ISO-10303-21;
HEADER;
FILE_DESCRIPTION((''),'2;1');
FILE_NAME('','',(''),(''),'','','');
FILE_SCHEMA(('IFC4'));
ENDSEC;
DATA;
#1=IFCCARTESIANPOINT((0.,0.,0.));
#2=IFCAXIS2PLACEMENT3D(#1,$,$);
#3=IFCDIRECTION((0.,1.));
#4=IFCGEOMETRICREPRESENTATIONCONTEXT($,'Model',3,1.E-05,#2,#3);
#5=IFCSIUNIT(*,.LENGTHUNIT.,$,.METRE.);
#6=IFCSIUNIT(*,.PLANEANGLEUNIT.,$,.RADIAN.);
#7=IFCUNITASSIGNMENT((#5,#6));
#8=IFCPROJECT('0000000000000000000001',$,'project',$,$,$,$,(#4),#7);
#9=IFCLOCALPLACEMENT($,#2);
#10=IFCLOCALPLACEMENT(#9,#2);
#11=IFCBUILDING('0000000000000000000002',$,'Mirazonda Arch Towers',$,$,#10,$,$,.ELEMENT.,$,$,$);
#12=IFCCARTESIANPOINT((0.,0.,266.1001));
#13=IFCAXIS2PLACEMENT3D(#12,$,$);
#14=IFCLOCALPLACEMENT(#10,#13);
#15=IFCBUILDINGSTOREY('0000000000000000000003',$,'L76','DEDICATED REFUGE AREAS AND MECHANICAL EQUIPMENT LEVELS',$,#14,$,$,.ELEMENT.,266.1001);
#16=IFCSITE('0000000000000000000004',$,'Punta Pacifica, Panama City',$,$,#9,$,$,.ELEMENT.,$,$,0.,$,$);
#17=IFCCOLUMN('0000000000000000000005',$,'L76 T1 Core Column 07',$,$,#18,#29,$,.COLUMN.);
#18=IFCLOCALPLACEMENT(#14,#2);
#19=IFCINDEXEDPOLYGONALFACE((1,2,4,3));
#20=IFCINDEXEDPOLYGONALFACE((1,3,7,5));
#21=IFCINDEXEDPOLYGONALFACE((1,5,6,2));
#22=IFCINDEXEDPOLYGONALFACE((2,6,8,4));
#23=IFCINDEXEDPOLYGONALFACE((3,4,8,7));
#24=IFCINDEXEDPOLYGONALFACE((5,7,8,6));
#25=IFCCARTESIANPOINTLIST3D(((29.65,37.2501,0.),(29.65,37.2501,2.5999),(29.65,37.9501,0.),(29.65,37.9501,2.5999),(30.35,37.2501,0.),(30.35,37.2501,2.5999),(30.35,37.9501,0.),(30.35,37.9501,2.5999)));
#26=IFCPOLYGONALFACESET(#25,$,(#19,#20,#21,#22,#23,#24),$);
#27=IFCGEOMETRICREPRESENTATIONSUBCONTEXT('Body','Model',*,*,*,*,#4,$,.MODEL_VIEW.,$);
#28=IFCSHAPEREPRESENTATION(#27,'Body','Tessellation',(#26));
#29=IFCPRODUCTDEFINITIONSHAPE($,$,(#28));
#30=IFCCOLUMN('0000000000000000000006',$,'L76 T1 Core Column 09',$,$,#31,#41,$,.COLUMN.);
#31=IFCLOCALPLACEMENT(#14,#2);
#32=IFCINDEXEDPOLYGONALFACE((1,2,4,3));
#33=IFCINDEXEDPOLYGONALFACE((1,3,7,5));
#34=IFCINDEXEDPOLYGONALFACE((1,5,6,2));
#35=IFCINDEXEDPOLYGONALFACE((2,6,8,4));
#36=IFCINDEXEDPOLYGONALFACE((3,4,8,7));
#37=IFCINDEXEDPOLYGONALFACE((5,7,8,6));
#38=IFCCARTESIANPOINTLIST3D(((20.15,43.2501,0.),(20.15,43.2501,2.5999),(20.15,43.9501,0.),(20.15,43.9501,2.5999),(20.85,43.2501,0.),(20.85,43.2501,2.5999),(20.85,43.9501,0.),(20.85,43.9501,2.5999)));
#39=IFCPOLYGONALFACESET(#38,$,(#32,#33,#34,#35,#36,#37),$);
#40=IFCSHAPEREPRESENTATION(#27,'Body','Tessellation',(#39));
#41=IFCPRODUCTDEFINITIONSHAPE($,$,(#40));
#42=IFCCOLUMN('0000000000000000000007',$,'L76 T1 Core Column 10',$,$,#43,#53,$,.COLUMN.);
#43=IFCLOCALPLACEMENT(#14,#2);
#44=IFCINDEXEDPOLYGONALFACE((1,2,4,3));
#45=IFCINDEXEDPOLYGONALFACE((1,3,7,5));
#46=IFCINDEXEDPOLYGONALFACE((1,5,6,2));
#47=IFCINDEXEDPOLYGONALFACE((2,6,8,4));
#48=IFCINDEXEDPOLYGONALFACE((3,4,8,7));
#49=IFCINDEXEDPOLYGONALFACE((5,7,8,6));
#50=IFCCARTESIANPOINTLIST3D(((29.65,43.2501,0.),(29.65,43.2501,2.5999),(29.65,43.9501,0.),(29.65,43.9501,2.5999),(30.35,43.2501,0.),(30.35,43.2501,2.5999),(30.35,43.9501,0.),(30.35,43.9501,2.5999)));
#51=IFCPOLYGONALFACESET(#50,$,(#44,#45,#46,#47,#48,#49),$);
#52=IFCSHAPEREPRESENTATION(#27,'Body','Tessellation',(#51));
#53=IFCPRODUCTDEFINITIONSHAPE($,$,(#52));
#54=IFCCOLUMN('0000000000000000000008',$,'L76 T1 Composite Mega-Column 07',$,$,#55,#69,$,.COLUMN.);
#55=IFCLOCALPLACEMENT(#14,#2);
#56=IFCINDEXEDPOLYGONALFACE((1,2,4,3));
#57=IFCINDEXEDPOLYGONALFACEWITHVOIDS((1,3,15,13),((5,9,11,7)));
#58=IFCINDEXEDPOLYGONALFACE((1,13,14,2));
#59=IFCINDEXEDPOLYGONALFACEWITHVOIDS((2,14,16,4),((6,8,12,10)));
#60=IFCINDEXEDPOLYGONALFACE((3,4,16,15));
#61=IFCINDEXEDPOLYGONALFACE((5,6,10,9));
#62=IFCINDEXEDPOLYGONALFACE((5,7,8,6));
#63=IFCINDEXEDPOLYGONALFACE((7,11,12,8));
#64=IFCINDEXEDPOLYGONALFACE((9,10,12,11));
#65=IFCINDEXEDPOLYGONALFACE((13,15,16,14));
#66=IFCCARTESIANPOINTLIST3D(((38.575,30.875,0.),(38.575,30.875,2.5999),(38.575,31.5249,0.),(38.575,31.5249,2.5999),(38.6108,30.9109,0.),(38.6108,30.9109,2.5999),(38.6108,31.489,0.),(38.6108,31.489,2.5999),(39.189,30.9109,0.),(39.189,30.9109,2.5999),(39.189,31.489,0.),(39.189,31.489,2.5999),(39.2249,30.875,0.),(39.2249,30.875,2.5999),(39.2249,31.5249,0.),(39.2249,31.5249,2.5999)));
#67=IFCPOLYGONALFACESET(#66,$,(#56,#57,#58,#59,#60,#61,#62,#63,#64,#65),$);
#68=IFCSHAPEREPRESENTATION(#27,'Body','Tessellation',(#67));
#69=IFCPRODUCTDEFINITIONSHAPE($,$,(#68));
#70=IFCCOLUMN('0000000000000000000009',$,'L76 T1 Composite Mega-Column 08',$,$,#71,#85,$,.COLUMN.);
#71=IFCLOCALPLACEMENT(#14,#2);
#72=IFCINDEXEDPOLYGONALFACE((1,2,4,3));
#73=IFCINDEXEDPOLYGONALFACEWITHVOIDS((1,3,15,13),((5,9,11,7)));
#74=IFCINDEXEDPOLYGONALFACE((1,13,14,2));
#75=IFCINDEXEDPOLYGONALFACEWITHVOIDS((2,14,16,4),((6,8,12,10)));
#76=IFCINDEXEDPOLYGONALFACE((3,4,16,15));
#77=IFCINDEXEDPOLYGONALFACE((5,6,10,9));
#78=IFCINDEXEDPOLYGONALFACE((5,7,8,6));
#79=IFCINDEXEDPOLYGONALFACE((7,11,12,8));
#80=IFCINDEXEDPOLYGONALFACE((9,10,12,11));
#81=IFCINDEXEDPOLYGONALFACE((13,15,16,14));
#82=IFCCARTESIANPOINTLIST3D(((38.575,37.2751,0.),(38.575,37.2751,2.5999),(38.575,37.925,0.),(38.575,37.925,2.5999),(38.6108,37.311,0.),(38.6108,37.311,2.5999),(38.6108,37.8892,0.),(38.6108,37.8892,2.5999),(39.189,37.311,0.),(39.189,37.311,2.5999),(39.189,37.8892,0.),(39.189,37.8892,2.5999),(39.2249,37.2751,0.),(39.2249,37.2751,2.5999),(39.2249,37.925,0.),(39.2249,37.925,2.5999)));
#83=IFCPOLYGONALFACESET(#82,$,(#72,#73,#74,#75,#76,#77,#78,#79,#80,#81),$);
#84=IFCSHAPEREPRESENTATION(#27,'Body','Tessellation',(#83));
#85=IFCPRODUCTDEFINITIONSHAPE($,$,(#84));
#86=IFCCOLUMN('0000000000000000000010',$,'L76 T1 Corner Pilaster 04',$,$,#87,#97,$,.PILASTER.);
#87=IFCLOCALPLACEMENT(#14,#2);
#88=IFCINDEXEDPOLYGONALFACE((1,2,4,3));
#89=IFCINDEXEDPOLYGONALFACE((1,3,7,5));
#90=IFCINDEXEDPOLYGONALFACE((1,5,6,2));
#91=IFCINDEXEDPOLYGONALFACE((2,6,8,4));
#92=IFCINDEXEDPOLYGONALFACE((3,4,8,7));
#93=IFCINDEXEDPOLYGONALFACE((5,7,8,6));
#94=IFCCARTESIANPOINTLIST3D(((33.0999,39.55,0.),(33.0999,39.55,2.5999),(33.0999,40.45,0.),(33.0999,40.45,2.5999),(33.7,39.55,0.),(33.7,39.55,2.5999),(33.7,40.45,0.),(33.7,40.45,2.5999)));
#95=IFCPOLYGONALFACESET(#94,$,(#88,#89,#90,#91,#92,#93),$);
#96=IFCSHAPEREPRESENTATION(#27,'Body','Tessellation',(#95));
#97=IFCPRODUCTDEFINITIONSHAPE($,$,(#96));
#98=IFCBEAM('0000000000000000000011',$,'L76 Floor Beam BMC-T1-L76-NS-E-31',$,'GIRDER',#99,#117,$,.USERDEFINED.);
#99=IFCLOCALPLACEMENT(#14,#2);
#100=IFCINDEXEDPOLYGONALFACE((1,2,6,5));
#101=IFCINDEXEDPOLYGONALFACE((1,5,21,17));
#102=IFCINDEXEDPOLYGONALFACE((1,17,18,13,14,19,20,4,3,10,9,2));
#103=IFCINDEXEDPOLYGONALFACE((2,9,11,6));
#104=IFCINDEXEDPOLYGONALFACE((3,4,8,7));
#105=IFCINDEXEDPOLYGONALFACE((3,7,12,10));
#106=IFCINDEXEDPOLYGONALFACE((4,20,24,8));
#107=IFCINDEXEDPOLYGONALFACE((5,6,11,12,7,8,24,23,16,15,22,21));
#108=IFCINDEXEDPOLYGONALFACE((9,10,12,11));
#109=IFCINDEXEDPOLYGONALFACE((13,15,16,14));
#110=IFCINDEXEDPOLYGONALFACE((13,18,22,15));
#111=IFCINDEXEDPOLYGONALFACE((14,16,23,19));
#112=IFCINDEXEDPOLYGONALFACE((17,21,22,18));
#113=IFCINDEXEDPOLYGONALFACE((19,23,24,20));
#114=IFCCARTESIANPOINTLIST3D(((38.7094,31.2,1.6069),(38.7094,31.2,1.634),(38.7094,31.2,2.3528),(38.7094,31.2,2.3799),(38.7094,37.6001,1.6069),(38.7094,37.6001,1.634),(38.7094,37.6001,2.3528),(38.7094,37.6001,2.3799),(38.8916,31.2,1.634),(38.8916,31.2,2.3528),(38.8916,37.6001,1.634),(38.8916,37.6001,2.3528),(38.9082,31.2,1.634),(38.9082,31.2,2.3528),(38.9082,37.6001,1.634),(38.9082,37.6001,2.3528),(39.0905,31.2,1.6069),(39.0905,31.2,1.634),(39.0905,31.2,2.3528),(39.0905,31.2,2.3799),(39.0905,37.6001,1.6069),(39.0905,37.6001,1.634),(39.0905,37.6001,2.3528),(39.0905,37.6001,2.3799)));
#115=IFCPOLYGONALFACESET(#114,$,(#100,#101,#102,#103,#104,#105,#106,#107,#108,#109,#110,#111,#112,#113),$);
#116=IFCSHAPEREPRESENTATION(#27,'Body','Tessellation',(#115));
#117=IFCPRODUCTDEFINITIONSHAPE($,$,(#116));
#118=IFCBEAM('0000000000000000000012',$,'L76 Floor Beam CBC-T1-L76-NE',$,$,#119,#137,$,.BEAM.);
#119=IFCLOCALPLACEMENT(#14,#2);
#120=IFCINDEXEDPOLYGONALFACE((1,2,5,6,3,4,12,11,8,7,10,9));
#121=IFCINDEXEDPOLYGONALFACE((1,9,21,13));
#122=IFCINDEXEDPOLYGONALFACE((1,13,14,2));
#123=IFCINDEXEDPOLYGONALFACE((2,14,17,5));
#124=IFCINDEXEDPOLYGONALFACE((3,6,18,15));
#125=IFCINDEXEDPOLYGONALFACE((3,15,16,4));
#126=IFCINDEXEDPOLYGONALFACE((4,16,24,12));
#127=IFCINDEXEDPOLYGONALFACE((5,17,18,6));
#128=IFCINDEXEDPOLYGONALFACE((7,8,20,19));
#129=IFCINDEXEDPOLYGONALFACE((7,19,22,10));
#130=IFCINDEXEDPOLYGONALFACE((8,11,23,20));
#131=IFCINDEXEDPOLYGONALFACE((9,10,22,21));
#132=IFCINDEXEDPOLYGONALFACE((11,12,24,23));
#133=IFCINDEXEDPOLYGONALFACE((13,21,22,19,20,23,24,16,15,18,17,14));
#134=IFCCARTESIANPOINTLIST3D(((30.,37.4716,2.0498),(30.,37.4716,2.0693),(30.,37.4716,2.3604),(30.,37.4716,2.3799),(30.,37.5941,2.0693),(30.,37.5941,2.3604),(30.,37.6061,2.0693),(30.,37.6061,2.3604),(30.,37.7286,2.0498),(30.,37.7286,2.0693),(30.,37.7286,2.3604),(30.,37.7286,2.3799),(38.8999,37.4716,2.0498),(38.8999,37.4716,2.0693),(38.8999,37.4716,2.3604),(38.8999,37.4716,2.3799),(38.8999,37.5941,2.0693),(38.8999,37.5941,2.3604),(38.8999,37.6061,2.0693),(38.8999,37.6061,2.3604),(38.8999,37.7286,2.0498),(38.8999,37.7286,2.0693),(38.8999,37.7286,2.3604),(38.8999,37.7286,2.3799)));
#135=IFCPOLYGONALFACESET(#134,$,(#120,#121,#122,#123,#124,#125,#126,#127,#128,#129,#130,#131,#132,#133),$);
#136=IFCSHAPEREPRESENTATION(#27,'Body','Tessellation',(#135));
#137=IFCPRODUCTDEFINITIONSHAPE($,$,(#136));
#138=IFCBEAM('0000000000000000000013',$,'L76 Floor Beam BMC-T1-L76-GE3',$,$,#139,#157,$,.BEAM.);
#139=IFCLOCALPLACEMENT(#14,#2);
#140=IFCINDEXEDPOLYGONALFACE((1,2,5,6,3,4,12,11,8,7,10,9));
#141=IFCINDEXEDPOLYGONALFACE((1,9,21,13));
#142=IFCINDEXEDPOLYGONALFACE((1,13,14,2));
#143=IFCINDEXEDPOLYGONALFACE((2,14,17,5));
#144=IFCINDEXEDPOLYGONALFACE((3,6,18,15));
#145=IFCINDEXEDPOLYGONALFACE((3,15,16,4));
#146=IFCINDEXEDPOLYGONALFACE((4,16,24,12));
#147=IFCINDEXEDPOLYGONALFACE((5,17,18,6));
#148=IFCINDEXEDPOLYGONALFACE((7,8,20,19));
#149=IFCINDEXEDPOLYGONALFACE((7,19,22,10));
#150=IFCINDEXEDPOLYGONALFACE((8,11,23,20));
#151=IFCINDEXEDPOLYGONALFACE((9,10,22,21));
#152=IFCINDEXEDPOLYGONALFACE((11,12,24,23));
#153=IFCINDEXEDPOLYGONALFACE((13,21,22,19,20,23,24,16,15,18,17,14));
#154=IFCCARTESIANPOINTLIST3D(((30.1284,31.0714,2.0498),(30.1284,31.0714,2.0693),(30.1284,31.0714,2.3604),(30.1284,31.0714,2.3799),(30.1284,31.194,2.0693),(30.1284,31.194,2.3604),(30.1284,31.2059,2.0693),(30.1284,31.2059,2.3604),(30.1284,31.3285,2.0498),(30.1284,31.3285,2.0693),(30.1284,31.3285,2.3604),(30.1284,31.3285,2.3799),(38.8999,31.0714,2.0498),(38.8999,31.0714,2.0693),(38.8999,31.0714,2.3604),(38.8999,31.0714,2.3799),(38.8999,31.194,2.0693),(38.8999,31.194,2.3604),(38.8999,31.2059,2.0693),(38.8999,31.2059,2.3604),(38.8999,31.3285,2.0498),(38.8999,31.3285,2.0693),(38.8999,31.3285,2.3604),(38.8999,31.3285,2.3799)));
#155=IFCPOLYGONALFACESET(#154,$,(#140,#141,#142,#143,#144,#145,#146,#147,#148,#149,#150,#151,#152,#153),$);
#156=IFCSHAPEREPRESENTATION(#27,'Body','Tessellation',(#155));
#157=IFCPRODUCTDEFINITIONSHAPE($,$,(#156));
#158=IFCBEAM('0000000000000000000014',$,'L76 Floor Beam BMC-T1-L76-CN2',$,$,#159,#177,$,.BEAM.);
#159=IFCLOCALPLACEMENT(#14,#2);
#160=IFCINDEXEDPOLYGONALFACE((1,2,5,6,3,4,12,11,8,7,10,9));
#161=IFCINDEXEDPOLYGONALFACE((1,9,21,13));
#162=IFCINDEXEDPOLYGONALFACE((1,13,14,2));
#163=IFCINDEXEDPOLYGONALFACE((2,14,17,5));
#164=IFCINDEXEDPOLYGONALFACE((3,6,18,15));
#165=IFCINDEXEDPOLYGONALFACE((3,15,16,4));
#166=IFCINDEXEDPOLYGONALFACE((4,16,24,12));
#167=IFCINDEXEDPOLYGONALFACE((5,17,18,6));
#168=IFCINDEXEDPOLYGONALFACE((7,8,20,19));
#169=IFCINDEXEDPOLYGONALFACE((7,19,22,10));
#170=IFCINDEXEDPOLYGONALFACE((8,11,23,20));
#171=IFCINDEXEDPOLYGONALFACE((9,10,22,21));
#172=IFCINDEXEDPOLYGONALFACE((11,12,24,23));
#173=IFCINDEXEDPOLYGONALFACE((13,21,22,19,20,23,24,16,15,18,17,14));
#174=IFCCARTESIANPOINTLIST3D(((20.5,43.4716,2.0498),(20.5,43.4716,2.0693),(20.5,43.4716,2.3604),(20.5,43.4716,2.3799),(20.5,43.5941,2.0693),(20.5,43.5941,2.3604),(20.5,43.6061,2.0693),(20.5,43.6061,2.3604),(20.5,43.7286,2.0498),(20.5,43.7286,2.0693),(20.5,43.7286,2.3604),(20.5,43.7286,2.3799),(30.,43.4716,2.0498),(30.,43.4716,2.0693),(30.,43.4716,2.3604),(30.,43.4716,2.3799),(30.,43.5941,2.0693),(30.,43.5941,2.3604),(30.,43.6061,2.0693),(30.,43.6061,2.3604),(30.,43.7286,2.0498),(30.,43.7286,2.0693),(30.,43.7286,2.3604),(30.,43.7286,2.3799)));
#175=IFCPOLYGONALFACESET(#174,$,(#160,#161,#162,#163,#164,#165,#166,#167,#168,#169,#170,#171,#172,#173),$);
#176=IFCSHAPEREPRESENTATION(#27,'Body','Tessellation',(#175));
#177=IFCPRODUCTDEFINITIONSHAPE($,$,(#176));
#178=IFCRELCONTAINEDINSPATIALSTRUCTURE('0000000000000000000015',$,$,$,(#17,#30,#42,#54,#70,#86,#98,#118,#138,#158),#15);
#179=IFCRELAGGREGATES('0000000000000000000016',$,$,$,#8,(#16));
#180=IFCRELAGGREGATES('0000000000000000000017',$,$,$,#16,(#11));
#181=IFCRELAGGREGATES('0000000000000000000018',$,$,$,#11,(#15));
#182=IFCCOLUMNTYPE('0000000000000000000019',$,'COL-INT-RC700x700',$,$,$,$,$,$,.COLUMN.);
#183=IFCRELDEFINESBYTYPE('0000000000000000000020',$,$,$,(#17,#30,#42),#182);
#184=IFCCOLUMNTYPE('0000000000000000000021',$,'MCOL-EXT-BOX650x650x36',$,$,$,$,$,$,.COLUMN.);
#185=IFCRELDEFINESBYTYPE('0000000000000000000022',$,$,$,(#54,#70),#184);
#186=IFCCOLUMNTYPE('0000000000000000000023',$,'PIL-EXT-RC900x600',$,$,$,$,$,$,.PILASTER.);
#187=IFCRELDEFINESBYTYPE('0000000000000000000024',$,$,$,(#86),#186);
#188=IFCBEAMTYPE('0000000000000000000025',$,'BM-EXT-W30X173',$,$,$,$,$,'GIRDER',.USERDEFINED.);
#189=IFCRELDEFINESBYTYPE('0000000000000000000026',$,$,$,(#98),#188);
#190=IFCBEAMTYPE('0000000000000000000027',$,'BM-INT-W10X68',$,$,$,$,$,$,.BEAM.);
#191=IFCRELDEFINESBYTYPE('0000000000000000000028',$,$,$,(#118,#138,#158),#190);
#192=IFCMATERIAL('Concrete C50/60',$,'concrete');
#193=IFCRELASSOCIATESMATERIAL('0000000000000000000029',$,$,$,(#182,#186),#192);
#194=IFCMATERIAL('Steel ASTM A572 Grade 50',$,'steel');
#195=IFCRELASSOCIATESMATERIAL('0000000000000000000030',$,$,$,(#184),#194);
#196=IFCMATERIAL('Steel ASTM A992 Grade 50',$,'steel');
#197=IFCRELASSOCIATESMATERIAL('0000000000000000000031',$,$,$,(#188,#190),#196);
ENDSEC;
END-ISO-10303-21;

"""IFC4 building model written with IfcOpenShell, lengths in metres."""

from ifc_helpers import new_model, si_unit, direction, frame, origin, origin_2d, place, context, subcontext, project, spatial, rectangle, hollow_rectangle, i_section, extrude, material, material_profile, profile_set, type_object, element, save


model = new_model("IFC4")

# Units and contexts
model_context = context("Model", 3, precision=1e-05, world=origin(), true_north=direction((0.0, 1.0)))
body_context = subcontext(model_context, "Body", "Model", "MODEL_VIEW")
ifc_project = project(units=[si_unit("LENGTHUNIT", "METRE"), si_unit("PLANEANGLEUNIT", "RADIAN")], contexts=[model_context])

# Site, building, storey
site_placement = place(None, origin())
site = spatial("IfcSite", under=ifc_project, at=site_placement, Name="Punta Pacifica, Panama City", CompositionType="ELEMENT", RefElevation=0.0)
building_placement = place(site_placement, origin())
building = spatial("IfcBuilding", under=site, at=building_placement, Name="Mirazonda Arch Towers", CompositionType="ELEMENT")
storey_placement = place(building_placement, frame((0.0, 0.0, 266.1001)))
storey = spatial("IfcBuildingStorey", under=building, at=storey_placement, Name="L76", Description="DEDICATED REFUGE AREAS AND MECHANICAL EQUIPMENT LEVELS", CompositionType="ELEMENT", Elevation=266.1001)

# Columns
ifc_material_1 = material(Name="Concrete C50/60", Category="concrete")
ifc_material_profile_1 = material_profile(ifc_material_1, rectangle(XDim=0.7, YDim=0.7, at=origin_2d()), Name="RC700x700")
ifc_profile_set_1 = profile_set([ifc_material_profile_1], Name="Concrete C50/60")
column_type_1 = type_object("IfcColumnType", Name="COL-INT-RC700x700", PredefinedType="COLUMN", material=ifc_profile_set_1)
for number, where, z_axis, x_axis, name in (
    (1, (30.0, 37.6001, 0.0), (0.0, 0.0, 1.0), (1.0, 0.0, 0.0), "L76 T1 Core Column 07"),
    (2, (20.5, 43.6001, 0.0), (0.0, 0.0, 1.0), (1.0, 0.0, 0.0), "L76 T1 Core Column 09"),
    (3, (30.0, 43.6001, 0.0), (0.0, 0.0, 1.0), (1.0, 0.0, 0.0), "L76 T1 Core Column 10"),
):
    element("IfcColumn", number, at=place(storey_placement, frame(where, z_axis=z_axis, x_axis=x_axis)), inside=storey, type_object=column_type_1, Name=name, PredefinedType="COLUMN", context=body_context, shape_type="SweptSolid", body=[
        extrude(rectangle(XDim=0.7, YDim=0.7, at=origin_2d()), origin(), (0.0, 0.0, 1.0), 2.5999),
    ])
ifc_material_2 = material(Name="Steel ASTM A572 Grade 50", Category="steel")
ifc_material_profile_2 = material_profile(ifc_material_2, hollow_rectangle(XDim=0.6499, YDim=0.6499, WallThickness=0.0359, at=origin_2d()), Name="BOX650x650x36")
ifc_profile_set_2 = profile_set([ifc_material_profile_2], Name="Steel ASTM A572 Grade 50")
column_type_2 = type_object("IfcColumnType", Name="MCOL-EXT-BOX650x650x36", PredefinedType="COLUMN", material=ifc_profile_set_2)
for number, where, z_axis, x_axis, name in (
    (4, (38.8999, 31.2, 0.0), (0.0, 0.0, 1.0), (1.0, 0.0, 0.0), "L76 T1 Composite Mega-Column 07"),
    (5, (38.8999, 37.6001, 0.0), (0.0, 0.0, 1.0), (1.0, 0.0, 0.0), "L76 T1 Composite Mega-Column 08"),
):
    element("IfcColumn", number, at=place(storey_placement, frame(where, z_axis=z_axis, x_axis=x_axis)), inside=storey, type_object=column_type_2, Name=name, PredefinedType="COLUMN", context=body_context, shape_type="SweptSolid", body=[
        extrude(hollow_rectangle(XDim=0.6499, YDim=0.6499, WallThickness=0.0359, at=origin_2d()), origin(), (0.0, 0.0, 1.0), 2.5999),
    ])
ifc_material_profile_3 = material_profile(ifc_material_1, rectangle(XDim=0.6001, YDim=0.8999, at=origin_2d()), Name="RC900x600")
ifc_profile_set_3 = profile_set([ifc_material_profile_3], Name="Concrete C50/60")
column_type_3 = type_object("IfcColumnType", Name="PIL-EXT-RC900x600", PredefinedType="PILASTER", material=ifc_profile_set_3)
column_placement = place(storey_placement, frame((33.3999, 40.0, 0.0), z_axis=(0.0, 0.0, 1.0), x_axis=(1.0, 0.0, 0.0)))
element("IfcColumn", 6, at=column_placement, inside=storey, type_object=column_type_3, Name="L76 T1 Corner Pilaster 04", PredefinedType="PILASTER", context=body_context, shape_type="SweptSolid", body=[
    extrude(rectangle(XDim=0.6001, YDim=0.8999, at=origin_2d()), origin(), (0.0, 0.0, 1.0), 2.5999),
])

# Beams
ifc_material_3 = material(Name="Steel ASTM A992 Grade 50", Category="steel")
ifc_material_profile_4 = material_profile(ifc_material_3, i_section(OverallWidth=0.3811, OverallDepth=0.7729, WebThickness=0.0166, FlangeThickness=0.0271, at=origin_2d()), Name="W30X173")
ifc_profile_set_4 = profile_set([ifc_material_profile_4], Name="Steel ASTM A992 Grade 50")
beam_type_1 = type_object("IfcBeamType", Name="BM-EXT-W30X173", ElementType="GIRDER", PredefinedType="USERDEFINED", material=ifc_profile_set_4)
beam_1_placement = place(storey_placement, frame((38.8999, 31.2, 1.9934), z_axis=(0.0, 1.0, 0.0), x_axis=(-1.0, 0.0, 0.0)))
element("IfcBeam", 7, at=beam_1_placement, inside=storey, type_object=beam_type_1, Name="L76 Floor Beam BMC-T1-L76-NS-E-31", ObjectType="GIRDER", PredefinedType="USERDEFINED", context=body_context, shape_type="SweptSolid", body=[
    extrude(i_section(OverallWidth=0.3811, OverallDepth=0.7729, WebThickness=0.0166, FlangeThickness=0.0271, at=origin_2d()), origin(), (0.0, 0.0, 1.0), 6.4001),
])
ifc_material_profile_5 = material_profile(ifc_material_3, i_section(OverallWidth=0.2571, OverallDepth=0.3301, WebThickness=0.012, FlangeThickness=0.0195, at=origin_2d()), Name="W10X68")
ifc_profile_set_5 = profile_set([ifc_material_profile_5], Name="Steel ASTM A992 Grade 50")
beam_type_2 = type_object("IfcBeamType", Name="BM-INT-W10X68", PredefinedType="BEAM", material=ifc_profile_set_5)
beam_2_placement = place(storey_placement, frame((30.0, 37.6001, 2.2148), z_axis=(1.0, 0.0, 0.0), x_axis=(0.0, 1.0, 0.0)))
element("IfcBeam", 8, at=beam_2_placement, inside=storey, type_object=beam_type_2, Name="L76 Floor Beam CBC-T1-L76-NE", PredefinedType="BEAM", context=body_context, shape_type="SweptSolid", body=[
    extrude(i_section(OverallWidth=0.2571, OverallDepth=0.3301, WebThickness=0.012, FlangeThickness=0.0195, at=origin_2d()), origin(), (0.0, 0.0, 1.0), 8.8999),
])
beam_3_placement = place(storey_placement, frame((30.1284, 31.2, 2.2148), z_axis=(1.0, 0.0, 0.0), x_axis=(0.0, 1.0, 0.0)))
element("IfcBeam", 9, at=beam_3_placement, inside=storey, type_object=beam_type_2, Name="L76 Floor Beam BMC-T1-L76-GE3", PredefinedType="BEAM", context=body_context, shape_type="SweptSolid", body=[
    extrude(i_section(OverallWidth=0.2571, OverallDepth=0.3301, WebThickness=0.012, FlangeThickness=0.0195, at=origin_2d()), origin(), (0.0, 0.0, 1.0), 8.7715),
])
beam_4_placement = place(storey_placement, frame((20.5, 43.6001, 2.2148), z_axis=(1.0, 0.0, 0.0), x_axis=(0.0, 1.0, 0.0)))
element("IfcBeam", 10, at=beam_4_placement, inside=storey, type_object=beam_type_2, Name="L76 Floor Beam BMC-T1-L76-CN2", PredefinedType="BEAM", context=body_context, shape_type="SweptSolid", body=[
    extrude(i_section(OverallWidth=0.2571, OverallDepth=0.3301, WebThickness=0.012, FlangeThickness=0.0195, at=origin_2d()), origin(), (0.0, 0.0, 1.0), 9.5),
])

save(model, "model.ifc")
